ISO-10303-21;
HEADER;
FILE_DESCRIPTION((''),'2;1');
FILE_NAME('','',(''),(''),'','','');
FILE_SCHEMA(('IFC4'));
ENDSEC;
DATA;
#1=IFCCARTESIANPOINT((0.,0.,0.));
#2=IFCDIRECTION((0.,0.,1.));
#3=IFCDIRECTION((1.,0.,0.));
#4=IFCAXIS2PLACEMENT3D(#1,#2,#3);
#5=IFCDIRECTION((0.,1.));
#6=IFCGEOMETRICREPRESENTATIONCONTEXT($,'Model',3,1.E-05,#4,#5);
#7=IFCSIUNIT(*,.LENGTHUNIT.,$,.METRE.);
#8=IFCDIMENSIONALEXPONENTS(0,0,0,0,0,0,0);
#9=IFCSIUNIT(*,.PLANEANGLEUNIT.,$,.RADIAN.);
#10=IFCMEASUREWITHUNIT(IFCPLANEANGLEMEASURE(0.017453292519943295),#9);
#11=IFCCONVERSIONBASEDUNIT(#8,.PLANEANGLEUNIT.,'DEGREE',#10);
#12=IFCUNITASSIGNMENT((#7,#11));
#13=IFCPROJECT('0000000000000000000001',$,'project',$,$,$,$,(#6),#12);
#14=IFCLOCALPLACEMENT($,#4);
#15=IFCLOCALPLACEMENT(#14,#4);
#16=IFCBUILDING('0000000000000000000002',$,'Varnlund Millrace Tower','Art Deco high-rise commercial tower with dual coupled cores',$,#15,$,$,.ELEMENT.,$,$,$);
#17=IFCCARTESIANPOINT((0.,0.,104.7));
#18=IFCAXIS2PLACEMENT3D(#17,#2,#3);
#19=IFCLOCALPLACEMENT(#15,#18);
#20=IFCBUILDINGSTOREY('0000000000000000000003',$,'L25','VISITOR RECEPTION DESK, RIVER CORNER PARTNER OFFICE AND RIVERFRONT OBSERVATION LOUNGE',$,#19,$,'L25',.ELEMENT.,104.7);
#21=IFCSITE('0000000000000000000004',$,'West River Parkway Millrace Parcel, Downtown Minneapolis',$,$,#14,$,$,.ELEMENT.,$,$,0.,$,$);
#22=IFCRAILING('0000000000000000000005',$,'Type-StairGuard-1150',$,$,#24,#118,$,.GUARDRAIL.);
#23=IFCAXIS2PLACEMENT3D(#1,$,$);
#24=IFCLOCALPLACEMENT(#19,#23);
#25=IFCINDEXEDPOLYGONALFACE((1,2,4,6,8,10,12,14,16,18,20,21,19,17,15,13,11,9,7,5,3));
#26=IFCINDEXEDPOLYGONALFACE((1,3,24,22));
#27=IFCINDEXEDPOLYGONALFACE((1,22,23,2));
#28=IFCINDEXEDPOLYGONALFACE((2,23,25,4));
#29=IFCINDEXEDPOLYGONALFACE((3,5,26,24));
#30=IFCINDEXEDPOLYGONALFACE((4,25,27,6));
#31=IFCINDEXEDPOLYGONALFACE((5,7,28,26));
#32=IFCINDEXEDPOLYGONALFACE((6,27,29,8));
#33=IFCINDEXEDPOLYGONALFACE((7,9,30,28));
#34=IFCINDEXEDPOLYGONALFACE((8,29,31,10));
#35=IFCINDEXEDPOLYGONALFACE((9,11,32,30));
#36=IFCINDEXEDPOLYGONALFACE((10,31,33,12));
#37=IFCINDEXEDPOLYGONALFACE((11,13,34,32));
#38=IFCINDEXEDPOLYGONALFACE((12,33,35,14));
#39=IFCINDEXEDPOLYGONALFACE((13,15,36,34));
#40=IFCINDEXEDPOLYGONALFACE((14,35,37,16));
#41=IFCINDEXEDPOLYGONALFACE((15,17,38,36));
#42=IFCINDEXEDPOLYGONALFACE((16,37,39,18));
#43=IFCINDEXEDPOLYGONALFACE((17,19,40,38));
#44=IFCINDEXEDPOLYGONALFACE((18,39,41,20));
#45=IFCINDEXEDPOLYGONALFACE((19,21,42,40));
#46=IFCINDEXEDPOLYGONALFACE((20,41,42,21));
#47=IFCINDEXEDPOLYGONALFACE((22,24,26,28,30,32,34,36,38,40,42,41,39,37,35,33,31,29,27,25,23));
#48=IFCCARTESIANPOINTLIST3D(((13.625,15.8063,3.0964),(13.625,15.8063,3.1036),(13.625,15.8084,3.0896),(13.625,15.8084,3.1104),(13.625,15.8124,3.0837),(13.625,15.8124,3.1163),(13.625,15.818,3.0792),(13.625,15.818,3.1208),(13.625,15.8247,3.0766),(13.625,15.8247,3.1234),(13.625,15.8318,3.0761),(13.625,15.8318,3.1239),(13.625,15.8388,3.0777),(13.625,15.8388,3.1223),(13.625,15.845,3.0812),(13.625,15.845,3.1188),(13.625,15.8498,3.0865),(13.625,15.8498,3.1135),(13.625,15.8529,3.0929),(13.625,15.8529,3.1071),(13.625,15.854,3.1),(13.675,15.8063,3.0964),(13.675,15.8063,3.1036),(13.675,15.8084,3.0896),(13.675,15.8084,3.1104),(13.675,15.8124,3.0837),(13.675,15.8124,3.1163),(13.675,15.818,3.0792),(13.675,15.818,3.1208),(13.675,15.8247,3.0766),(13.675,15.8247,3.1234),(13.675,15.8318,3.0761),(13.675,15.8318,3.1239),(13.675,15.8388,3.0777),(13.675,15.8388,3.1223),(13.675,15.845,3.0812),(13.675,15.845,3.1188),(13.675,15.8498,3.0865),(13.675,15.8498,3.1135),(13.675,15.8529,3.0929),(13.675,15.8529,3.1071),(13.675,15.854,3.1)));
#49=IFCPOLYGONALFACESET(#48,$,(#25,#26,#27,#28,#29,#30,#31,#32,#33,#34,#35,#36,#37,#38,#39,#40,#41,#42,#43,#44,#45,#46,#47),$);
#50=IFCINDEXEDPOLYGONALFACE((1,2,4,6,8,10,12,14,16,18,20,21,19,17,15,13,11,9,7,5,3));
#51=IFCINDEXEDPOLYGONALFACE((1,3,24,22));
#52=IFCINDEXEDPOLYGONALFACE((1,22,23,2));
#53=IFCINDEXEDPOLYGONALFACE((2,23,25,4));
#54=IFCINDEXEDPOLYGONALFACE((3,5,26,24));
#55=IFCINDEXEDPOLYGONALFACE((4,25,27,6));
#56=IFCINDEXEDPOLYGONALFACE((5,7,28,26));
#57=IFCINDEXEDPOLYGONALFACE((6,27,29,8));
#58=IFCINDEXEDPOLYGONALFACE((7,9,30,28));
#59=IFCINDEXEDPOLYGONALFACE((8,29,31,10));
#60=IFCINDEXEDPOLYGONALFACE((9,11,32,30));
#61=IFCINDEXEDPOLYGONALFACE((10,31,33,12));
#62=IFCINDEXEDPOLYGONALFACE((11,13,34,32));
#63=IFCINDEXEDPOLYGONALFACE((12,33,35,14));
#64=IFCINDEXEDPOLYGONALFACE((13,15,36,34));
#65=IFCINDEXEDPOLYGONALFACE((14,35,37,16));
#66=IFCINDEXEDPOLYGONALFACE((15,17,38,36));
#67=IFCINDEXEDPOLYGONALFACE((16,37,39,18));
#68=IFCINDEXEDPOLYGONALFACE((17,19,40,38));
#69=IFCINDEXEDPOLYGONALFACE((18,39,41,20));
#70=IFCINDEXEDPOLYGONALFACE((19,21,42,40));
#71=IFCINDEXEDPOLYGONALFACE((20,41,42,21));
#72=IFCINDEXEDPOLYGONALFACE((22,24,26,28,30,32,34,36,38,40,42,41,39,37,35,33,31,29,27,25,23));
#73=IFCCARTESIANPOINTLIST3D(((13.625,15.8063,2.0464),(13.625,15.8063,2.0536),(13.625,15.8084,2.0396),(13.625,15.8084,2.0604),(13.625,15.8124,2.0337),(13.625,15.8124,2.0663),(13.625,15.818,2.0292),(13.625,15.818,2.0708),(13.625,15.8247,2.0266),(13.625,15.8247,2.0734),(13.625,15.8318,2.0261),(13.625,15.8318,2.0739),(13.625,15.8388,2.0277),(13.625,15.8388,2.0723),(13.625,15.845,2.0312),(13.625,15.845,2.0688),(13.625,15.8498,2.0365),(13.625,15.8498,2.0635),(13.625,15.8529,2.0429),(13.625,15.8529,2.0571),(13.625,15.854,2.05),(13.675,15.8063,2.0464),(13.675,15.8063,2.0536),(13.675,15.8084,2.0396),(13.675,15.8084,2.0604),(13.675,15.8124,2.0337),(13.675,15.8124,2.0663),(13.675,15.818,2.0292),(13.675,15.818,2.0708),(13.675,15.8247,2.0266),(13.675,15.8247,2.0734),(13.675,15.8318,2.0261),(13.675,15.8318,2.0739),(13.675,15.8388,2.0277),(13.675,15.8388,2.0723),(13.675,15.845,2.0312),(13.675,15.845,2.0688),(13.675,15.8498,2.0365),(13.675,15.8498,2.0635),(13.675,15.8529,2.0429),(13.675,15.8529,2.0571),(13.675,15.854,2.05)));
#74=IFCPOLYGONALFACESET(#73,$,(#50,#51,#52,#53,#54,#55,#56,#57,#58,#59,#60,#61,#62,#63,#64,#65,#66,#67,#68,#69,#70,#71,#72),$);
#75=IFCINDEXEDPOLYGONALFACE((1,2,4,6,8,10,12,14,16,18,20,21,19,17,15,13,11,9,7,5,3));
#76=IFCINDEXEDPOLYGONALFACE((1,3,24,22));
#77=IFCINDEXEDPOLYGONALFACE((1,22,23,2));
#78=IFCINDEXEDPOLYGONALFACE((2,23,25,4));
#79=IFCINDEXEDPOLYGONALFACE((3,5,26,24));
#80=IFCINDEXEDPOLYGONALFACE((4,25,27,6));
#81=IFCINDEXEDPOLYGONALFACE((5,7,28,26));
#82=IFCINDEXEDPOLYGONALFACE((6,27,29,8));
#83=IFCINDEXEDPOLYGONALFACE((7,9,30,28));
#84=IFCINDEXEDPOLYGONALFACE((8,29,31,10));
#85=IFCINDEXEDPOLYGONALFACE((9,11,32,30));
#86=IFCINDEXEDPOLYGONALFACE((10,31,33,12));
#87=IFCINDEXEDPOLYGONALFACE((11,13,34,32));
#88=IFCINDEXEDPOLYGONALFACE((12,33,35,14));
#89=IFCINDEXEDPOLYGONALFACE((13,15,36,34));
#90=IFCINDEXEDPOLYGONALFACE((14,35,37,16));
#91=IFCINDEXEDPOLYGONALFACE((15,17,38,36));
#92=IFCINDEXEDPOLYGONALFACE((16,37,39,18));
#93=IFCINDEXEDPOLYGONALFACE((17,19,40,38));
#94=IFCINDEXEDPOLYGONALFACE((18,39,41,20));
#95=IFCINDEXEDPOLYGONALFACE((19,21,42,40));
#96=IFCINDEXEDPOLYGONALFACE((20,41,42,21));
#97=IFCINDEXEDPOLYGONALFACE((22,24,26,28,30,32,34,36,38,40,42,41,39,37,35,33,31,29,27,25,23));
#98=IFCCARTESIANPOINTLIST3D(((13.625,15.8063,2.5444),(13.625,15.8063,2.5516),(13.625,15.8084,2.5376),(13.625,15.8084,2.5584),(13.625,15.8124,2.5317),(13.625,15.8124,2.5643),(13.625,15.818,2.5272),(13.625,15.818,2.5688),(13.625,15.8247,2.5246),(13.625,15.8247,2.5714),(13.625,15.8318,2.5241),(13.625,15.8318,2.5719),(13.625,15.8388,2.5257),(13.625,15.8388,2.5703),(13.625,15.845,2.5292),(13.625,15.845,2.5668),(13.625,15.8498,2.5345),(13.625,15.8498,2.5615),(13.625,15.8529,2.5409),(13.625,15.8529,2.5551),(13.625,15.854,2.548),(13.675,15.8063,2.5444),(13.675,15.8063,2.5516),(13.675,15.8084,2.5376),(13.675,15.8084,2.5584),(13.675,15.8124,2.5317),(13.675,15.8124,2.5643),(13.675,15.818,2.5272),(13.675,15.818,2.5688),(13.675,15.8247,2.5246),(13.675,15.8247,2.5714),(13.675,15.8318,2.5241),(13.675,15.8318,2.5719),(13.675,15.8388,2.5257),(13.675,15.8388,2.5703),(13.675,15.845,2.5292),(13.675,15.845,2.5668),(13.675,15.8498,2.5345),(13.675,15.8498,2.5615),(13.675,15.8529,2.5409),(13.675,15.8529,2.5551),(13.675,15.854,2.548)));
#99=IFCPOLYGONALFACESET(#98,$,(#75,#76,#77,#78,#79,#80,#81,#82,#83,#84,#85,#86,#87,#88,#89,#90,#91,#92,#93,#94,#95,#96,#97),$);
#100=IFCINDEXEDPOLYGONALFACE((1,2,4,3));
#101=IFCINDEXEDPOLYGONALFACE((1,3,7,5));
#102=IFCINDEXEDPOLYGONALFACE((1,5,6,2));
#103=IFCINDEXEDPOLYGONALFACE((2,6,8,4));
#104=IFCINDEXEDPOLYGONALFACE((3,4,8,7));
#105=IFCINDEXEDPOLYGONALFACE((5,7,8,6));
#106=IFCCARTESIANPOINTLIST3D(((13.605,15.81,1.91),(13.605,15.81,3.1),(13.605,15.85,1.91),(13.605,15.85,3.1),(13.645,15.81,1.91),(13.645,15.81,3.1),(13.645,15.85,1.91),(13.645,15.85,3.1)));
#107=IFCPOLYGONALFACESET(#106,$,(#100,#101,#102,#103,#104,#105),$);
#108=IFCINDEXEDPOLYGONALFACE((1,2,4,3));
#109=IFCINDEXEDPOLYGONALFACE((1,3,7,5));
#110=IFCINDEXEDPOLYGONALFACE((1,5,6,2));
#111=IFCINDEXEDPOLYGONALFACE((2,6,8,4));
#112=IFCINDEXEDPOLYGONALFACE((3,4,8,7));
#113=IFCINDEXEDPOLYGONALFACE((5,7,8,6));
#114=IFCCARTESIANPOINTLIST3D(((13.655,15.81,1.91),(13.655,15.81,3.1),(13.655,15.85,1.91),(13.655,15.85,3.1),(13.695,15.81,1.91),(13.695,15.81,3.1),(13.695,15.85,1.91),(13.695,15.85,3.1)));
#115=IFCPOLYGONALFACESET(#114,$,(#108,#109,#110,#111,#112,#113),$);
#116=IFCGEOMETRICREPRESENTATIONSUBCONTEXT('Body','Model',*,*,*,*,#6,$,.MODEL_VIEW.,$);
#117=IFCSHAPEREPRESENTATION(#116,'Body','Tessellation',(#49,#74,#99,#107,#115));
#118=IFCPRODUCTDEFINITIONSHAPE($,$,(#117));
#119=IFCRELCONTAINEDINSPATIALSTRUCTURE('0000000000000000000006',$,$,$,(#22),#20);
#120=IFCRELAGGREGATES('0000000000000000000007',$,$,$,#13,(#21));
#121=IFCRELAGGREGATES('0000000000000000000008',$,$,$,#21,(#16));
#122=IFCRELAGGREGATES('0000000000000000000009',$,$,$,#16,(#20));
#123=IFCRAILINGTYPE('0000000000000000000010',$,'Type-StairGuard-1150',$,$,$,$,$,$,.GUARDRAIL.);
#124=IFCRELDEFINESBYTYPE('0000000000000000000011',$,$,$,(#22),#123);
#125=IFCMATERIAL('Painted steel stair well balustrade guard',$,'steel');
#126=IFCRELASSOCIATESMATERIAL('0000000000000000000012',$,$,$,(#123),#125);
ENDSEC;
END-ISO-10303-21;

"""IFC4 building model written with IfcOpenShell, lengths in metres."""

from ifc_helpers import new_model, entity, si_unit, converted_unit, direction, frame, origin_with_axes, origin_2d_with_axis, place, context, subcontext, project, spatial, rectangle, circle, extrude, material, type_object, element, save


model = new_model("IFC4")

# Units and contexts
model_context = context("Model", 3, precision=1e-05, world=origin_with_axes(), true_north=direction((0.0, 1.0)))
body_context = subcontext(model_context, "Body", "Model", "MODEL_VIEW")
ifc_project = project(units=[si_unit("LENGTHUNIT", "METRE"), converted_unit("PLANEANGLEUNIT", "DEGREE", entity("IfcPlaneAngleMeasure", 0.017453292519943295), si_unit("PLANEANGLEUNIT", "RADIAN"), dimensions=[0, 0, 0, 0, 0, 0, 0])], contexts=[model_context])

# Site, building, storey
site_placement = place(None, origin_with_axes())
site = spatial("IfcSite", under=ifc_project, at=site_placement, Name="West River Parkway Millrace Parcel, Downtown Minneapolis", CompositionType="ELEMENT", RefElevation=0.0)
building_placement = place(site_placement, origin_with_axes())
building = spatial("IfcBuilding", under=site, at=building_placement, Name="Varnlund Millrace Tower", Description="Art Deco high-rise commercial tower with dual coupled cores", CompositionType="ELEMENT")
storey_placement = place(building_placement, frame((0.0, 0.0, 104.7), z_axis=(0.0, 0.0, 1.0), x_axis=(1.0, 0.0, 0.0)))
storey = spatial("IfcBuildingStorey", under=building, at=storey_placement, Name="L25", Description="VISITOR RECEPTION DESK, RIVER CORNER PARTNER OFFICE AND RIVERFRONT OBSERVATION LOUNGE", LongName="L25", CompositionType="ELEMENT", Elevation=104.7)

# Railing
ifc_material_1 = material(Name="Painted steel stair well balustrade guard", Category="steel")
railing_type_1 = type_object("IfcRailingType", Name="Type-StairGuard-1150", PredefinedType="GUARDRAIL", material=ifc_material_1)
railing_1_placement = place(storey_placement, frame((0.0, 0.0, -104.7), z_axis=(0.0, 0.0, 1.0), x_axis=(1.0, 0.0, 0.0)))
element("IfcRailing", 1, at=railing_1_placement, inside=storey, type_object=railing_type_1, Name="Type-StairGuard-1150", PredefinedType="GUARDRAIL", context=body_context, shape_type="SweptSolid", body=[
    extrude(circle(Radius=0.024, at=origin_2d_with_axis()), frame((13.625, 15.83, 107.8), z_axis=(1.0, 0.0, 0.0), x_axis=(0.0, 1.0, 0.0)), (0.0, 0.0, 1.0), 0.05),
    extrude(circle(Radius=0.024, at=origin_2d_with_axis()), frame((13.625, 15.83, 106.75), z_axis=(1.0, 0.0, 0.0), x_axis=(0.0, 1.0, 0.0)), (0.0, 0.0, 1.0), 0.05),
    extrude(circle(Radius=0.024, at=origin_2d_with_axis()), frame((13.625, 15.83, 107.248), z_axis=(1.0, 0.0, 0.0), x_axis=(0.0, 1.0, 0.0)), (0.0, 0.0, 1.0), 0.05),
    extrude(rectangle(XDim=0.04, YDim=0.04, at=origin_2d_with_axis()), frame((13.625, 15.83, 106.61), z_axis=(0.0, 0.0, 1.0), x_axis=(1.0, 0.0, 0.0)), (0.0, 0.0, 1.0), 1.19),
    extrude(rectangle(XDim=0.04, YDim=0.04, at=origin_2d_with_axis()), frame((13.675, 15.83, 106.61), z_axis=(0.0, 0.0, 1.0), x_axis=(1.0, 0.0, 0.0)), (0.0, 0.0, 1.0), 1.19),
])

save(model, "model.ifc")
